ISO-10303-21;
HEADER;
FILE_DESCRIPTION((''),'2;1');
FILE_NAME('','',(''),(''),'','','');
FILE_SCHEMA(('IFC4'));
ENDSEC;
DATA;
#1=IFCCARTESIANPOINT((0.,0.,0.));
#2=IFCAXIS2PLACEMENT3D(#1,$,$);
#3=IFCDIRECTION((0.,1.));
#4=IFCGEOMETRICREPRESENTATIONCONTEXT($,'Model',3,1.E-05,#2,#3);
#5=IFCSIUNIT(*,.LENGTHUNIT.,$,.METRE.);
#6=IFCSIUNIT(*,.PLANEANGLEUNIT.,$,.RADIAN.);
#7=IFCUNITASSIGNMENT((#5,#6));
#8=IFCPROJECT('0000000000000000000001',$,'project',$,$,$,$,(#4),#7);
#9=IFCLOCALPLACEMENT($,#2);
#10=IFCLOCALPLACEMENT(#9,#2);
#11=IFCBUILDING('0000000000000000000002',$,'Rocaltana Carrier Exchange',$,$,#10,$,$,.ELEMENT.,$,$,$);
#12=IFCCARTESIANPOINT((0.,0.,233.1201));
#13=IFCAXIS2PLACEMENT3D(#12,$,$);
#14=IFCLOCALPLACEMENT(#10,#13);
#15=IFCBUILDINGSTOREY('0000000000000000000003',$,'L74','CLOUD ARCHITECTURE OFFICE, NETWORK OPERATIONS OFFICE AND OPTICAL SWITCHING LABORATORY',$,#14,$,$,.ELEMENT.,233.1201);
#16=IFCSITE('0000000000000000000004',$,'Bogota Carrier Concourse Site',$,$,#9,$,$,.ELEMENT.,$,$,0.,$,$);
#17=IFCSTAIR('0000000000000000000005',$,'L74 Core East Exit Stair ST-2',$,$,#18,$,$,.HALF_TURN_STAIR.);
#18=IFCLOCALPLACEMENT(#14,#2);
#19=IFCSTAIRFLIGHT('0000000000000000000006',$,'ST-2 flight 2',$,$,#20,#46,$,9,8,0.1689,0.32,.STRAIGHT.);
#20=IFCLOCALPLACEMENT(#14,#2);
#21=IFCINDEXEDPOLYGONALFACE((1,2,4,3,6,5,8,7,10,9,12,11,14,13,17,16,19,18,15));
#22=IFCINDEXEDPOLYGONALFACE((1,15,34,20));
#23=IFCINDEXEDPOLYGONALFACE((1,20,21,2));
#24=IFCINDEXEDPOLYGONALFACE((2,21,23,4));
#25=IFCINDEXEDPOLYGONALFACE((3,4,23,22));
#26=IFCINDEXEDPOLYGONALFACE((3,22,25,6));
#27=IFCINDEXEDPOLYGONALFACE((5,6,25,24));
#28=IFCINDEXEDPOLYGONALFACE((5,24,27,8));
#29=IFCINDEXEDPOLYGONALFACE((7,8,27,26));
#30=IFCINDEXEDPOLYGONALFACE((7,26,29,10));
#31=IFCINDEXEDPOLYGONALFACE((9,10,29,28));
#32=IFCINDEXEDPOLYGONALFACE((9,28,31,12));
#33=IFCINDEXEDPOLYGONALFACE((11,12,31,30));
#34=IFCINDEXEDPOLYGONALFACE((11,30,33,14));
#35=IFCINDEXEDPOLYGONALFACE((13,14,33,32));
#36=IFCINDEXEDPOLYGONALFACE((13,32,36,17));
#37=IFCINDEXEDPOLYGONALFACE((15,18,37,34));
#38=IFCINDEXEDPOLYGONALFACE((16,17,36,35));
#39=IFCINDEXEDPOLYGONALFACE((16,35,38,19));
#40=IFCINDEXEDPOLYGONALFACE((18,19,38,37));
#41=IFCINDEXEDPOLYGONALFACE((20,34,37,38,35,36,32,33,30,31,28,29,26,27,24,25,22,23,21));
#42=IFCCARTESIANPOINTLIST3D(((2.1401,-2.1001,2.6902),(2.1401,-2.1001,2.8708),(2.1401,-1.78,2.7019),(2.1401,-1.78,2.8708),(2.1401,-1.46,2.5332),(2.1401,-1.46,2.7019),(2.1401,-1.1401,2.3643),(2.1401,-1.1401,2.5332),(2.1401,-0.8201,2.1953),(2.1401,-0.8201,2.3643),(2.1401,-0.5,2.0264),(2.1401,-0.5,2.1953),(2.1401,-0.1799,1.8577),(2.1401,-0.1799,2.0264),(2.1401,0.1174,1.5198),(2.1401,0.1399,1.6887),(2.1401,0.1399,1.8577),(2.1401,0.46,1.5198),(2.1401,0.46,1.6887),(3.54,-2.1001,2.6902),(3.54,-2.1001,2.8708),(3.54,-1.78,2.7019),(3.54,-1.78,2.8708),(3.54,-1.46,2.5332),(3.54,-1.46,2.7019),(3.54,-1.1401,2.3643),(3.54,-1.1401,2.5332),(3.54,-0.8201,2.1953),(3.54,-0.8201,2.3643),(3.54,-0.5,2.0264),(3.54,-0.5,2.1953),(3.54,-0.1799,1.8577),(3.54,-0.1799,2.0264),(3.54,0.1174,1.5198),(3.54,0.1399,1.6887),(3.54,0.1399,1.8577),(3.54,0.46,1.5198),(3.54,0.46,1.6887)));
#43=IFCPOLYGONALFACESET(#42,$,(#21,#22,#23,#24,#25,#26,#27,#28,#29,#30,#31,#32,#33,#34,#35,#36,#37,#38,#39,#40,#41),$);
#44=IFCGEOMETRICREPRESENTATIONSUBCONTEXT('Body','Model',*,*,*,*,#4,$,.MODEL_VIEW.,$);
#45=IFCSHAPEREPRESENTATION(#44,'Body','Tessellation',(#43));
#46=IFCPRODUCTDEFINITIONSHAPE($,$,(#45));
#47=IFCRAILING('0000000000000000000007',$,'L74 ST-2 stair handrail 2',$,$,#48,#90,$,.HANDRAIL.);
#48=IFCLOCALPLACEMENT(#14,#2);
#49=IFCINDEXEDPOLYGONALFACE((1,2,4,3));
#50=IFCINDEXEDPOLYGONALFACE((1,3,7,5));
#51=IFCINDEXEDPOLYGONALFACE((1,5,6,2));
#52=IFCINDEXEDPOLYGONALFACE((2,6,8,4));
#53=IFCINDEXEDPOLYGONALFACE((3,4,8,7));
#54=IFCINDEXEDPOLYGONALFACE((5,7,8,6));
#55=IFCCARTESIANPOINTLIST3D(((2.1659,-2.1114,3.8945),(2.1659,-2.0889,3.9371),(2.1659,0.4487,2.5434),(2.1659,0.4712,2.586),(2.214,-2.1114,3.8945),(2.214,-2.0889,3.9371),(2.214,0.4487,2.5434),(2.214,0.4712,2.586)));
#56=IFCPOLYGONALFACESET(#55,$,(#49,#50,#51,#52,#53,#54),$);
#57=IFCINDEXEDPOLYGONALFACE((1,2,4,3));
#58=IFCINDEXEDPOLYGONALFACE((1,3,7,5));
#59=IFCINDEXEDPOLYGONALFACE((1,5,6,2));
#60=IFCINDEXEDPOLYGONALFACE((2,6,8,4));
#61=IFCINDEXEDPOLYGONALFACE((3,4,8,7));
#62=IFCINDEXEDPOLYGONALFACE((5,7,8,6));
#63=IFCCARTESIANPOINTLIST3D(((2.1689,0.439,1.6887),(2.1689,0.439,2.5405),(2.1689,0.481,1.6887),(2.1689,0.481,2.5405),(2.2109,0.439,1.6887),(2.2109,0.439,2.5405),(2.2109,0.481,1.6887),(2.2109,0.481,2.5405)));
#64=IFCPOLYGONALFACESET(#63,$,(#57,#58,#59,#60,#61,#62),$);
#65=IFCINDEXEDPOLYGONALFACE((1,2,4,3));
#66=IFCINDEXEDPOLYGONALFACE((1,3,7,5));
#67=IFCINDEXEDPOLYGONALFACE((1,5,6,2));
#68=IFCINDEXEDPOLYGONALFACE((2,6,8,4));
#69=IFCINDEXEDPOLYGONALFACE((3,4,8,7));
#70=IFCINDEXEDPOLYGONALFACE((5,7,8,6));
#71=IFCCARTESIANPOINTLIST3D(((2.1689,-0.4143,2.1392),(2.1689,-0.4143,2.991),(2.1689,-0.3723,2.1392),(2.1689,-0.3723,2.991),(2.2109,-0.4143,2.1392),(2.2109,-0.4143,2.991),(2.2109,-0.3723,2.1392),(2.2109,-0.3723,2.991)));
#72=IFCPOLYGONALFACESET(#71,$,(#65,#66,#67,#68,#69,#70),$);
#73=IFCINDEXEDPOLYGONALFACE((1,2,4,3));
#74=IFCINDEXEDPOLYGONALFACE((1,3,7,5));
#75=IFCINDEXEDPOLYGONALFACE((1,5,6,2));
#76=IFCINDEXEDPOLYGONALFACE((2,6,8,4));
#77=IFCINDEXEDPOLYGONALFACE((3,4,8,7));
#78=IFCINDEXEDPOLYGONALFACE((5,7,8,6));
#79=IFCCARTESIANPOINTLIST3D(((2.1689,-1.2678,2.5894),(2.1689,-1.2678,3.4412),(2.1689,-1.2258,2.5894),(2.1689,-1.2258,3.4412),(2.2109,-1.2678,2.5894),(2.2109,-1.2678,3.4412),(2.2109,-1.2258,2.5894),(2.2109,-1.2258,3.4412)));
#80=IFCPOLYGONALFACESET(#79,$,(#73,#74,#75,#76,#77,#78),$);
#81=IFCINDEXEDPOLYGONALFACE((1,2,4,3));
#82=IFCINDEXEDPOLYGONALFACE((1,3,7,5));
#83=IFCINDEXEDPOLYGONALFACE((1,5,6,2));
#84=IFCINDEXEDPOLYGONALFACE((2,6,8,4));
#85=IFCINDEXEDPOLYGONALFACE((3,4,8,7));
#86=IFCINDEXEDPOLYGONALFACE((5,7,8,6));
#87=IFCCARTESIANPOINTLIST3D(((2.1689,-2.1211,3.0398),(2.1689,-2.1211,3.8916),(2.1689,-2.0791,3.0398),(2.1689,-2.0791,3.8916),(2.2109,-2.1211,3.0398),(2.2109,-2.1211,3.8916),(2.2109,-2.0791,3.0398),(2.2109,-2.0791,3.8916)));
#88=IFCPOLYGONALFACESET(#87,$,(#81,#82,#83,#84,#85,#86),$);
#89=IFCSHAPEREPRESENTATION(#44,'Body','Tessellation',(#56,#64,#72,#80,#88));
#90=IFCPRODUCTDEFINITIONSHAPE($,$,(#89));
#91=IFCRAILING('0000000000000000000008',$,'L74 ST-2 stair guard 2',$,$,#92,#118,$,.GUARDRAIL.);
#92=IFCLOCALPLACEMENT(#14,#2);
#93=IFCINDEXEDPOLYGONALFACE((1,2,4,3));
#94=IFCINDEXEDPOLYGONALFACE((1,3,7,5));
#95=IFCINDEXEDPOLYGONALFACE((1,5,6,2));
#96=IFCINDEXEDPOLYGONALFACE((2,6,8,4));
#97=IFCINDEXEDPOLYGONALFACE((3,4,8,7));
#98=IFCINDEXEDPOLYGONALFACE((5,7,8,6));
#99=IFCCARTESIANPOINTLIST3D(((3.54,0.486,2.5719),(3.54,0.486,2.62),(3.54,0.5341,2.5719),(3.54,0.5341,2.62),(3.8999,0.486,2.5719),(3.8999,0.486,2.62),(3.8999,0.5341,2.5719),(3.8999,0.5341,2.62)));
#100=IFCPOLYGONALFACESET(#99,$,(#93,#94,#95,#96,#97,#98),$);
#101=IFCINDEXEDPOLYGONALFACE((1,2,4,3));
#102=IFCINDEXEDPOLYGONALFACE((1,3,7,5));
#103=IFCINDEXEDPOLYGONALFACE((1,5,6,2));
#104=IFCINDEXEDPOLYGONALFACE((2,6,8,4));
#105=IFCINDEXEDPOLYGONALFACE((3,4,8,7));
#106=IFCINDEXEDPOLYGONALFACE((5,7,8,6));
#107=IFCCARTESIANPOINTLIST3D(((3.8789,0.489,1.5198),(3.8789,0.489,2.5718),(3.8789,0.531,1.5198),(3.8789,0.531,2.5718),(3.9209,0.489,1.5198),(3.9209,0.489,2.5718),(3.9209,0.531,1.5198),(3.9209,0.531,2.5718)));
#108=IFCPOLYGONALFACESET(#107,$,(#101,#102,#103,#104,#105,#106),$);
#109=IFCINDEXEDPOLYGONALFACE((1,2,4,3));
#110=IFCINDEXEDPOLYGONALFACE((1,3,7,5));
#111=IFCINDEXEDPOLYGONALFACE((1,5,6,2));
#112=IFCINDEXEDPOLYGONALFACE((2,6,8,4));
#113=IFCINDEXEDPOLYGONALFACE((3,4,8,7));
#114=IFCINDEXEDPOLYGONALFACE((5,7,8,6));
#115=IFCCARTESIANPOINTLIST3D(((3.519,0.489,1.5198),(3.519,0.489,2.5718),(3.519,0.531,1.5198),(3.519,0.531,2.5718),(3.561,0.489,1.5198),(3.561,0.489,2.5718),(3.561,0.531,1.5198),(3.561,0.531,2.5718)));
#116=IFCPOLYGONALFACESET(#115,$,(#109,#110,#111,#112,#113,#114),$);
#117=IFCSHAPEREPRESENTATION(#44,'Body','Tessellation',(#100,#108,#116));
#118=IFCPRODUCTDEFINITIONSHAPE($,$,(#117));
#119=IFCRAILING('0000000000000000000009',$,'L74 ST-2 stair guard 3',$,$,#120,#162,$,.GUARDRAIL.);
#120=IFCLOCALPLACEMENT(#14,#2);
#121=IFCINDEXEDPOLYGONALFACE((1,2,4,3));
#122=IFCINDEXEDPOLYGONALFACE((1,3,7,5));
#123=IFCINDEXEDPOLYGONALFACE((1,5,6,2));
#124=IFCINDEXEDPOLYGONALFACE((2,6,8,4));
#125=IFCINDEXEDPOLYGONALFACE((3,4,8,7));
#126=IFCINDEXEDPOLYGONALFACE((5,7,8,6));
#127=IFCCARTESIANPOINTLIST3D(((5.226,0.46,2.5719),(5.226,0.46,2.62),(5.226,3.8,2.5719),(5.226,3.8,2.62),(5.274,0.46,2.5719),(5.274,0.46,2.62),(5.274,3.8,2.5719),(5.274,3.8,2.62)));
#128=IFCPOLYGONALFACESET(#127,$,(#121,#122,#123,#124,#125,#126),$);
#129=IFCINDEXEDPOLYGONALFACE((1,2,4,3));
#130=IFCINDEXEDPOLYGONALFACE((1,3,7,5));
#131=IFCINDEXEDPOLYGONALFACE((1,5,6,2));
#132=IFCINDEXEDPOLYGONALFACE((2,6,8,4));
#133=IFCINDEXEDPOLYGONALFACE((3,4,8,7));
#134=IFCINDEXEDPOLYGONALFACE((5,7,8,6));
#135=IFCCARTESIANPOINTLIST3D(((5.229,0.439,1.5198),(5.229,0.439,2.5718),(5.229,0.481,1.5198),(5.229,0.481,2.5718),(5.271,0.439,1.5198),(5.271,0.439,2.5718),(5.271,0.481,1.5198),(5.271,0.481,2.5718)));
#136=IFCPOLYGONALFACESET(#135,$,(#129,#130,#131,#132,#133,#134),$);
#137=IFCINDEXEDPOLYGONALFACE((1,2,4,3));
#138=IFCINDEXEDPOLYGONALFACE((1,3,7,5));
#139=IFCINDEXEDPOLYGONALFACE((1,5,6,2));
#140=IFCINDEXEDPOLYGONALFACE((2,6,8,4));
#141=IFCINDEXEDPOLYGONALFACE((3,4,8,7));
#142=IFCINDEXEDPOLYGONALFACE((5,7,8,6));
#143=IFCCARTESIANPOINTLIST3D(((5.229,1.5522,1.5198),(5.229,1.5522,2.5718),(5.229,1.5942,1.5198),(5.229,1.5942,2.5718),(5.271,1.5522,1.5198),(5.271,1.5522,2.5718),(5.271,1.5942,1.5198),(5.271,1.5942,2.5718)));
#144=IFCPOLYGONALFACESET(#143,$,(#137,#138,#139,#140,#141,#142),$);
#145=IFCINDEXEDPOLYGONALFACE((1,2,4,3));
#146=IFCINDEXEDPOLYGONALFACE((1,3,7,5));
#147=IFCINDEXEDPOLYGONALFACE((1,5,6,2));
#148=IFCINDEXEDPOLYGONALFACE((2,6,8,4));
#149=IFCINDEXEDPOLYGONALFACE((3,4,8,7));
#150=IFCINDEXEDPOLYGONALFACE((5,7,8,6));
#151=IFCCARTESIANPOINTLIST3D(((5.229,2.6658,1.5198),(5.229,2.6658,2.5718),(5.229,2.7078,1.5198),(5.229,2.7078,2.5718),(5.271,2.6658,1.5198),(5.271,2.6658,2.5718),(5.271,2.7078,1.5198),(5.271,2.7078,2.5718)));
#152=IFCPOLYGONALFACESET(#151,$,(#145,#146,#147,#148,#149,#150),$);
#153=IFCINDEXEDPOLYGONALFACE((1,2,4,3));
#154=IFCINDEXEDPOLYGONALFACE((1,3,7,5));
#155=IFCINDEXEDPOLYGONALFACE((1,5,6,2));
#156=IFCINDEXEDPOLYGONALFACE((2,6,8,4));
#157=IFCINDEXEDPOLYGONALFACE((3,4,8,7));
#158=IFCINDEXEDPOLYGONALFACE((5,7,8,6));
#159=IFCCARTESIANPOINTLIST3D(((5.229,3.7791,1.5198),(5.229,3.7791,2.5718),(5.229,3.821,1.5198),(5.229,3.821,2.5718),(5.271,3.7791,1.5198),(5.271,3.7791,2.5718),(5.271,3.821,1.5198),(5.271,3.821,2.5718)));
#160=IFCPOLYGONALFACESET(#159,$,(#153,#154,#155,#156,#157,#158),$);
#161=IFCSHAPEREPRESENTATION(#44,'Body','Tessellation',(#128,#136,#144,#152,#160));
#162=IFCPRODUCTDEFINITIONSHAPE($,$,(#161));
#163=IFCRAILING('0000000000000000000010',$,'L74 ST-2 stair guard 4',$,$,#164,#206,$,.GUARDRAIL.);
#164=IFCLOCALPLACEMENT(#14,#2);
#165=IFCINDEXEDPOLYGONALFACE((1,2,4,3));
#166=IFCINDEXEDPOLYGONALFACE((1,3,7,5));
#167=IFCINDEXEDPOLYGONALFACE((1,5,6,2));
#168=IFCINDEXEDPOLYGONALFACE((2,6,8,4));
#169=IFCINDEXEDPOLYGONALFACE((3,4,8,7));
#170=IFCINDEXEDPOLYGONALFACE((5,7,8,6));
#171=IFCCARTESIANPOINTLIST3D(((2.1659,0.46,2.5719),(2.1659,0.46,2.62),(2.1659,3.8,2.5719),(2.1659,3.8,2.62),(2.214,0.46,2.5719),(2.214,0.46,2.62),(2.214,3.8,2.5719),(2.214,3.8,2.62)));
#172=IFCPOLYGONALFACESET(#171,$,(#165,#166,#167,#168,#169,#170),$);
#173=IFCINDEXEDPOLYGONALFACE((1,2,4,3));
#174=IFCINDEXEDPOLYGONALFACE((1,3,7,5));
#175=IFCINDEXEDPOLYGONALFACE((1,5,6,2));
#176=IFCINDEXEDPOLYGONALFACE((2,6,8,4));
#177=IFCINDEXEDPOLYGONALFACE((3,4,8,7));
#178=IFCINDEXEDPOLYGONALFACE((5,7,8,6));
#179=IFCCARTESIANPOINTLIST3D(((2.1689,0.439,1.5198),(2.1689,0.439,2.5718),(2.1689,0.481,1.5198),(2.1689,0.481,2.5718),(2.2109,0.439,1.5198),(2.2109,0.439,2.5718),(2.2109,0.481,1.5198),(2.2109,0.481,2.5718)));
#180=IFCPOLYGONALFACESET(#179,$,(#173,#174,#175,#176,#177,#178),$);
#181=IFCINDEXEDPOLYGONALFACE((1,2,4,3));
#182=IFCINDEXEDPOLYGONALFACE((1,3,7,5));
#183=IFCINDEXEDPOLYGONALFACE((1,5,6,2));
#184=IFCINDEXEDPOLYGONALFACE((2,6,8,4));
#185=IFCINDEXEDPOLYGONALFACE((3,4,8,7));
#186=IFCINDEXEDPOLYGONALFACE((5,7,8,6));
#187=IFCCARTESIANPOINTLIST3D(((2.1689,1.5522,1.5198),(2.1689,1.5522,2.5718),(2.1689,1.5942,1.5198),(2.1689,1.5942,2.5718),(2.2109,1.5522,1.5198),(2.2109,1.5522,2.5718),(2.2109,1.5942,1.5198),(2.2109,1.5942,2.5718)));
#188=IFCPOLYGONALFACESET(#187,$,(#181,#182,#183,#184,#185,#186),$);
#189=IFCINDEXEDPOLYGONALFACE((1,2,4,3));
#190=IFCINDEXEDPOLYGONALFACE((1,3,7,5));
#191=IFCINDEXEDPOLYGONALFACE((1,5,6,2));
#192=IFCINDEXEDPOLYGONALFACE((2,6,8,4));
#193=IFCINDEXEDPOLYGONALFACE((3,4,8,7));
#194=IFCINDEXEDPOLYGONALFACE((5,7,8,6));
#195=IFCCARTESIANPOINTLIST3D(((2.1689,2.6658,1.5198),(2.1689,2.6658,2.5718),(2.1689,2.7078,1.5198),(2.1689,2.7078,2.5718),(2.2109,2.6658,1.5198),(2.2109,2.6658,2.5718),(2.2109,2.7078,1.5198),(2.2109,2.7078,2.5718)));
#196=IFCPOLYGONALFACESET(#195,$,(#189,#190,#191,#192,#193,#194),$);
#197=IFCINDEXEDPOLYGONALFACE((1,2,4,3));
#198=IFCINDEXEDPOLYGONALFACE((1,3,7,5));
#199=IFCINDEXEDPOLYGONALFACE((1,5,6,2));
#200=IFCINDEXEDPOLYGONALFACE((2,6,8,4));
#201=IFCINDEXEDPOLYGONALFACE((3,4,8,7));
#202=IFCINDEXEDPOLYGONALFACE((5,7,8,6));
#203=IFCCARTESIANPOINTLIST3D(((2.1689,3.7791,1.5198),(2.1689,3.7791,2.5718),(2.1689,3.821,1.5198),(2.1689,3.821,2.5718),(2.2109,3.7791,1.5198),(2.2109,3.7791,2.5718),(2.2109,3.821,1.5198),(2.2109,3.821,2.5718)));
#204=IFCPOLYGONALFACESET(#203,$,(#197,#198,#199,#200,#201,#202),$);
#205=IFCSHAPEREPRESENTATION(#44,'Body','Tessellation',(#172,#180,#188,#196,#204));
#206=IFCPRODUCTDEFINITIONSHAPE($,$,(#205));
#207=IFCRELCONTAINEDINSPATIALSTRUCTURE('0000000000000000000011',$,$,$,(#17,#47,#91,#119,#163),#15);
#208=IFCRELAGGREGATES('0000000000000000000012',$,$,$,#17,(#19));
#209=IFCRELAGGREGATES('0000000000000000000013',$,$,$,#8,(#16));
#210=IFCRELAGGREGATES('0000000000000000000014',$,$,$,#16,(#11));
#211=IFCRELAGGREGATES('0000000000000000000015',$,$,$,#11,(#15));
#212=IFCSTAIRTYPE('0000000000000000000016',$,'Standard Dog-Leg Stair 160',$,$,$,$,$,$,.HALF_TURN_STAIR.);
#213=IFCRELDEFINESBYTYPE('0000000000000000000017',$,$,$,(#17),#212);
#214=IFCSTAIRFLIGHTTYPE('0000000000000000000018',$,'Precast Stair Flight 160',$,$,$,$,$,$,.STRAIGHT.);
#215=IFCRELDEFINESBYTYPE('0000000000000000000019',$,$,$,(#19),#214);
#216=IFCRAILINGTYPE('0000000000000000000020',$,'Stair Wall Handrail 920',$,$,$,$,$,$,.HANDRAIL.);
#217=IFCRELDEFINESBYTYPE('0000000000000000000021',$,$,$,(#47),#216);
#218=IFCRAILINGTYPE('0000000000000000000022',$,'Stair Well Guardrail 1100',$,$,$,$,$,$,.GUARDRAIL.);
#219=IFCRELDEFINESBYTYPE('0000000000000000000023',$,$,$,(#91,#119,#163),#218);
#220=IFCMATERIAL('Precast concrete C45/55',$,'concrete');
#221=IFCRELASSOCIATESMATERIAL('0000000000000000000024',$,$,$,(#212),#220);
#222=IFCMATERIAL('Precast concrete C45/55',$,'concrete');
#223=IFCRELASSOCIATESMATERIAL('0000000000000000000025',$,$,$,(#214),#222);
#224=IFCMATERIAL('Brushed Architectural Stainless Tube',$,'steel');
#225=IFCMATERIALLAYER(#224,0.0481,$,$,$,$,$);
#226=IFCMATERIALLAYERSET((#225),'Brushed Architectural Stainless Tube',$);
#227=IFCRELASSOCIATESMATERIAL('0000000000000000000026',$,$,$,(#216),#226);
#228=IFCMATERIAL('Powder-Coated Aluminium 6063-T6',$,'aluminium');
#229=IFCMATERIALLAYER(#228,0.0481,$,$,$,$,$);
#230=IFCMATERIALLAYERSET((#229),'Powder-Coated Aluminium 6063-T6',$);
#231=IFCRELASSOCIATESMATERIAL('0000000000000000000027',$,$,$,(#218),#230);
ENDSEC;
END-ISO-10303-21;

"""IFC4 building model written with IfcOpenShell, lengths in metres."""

from ifc_helpers import new_model, si_unit, direction, frame, origin, origin_2d, place, context, subcontext, project, spatial, polyline, rectangle, outline, extrude, material, layer, layer_set, type_object, element, aggregate, save


model = new_model("IFC4")

# Units and contexts
model_context = context("Model", 3, precision=1e-05, world=origin(), true_north=direction((0.0, 1.0)))
body_context = subcontext(model_context, "Body", "Model", "MODEL_VIEW")
ifc_project = project(units=[si_unit("LENGTHUNIT", "METRE"), si_unit("PLANEANGLEUNIT", "RADIAN")], contexts=[model_context])

# Site, building, storey
site_placement = place(None, origin())
site = spatial("IfcSite", under=ifc_project, at=site_placement, Name="Bogota Carrier Concourse Site", CompositionType="ELEMENT", RefElevation=0.0)
building_placement = place(site_placement, origin())
building = spatial("IfcBuilding", under=site, at=building_placement, Name="Rocaltana Carrier Exchange", CompositionType="ELEMENT")
storey_placement = place(building_placement, frame((0.0, 0.0, 233.1201)))
storey = spatial("IfcBuildingStorey", under=building, at=storey_placement, Name="L74", Description="CLOUD ARCHITECTURE OFFICE, NETWORK OPERATIONS OFFICE AND OPTICAL SWITCHING LABORATORY", CompositionType="ELEMENT", Elevation=233.1201)

# Stair, stair flight
ifc_material_1 = material(Name="Precast concrete C45/55", Category="concrete")
stair_type = type_object("IfcStairType", Name="Standard Dog-Leg Stair 160", PredefinedType="HALF_TURN_STAIR", material=ifc_material_1)
stair_placement = place(storey_placement, origin())
stair = element("IfcStair", 1, at=stair_placement, inside=storey, type_object=stair_type, Name="L74 Core East Exit Stair ST-2", PredefinedType="HALF_TURN_STAIR")
ifc_material_2 = material(Name="Precast concrete C45/55", Category="concrete")
stair_flight_type = type_object("IfcStairFlightType", Name="Precast Stair Flight 160", PredefinedType="STRAIGHT", material=ifc_material_2)
stair_flight_placement = place(storey_placement, frame((2.8401, 0.46, 1.5198), z_axis=(0.0, 0.0, 1.0), x_axis=(0.0, -1.0, 0.0)))
stair_flight = element("IfcStairFlight", 2, at=stair_flight_placement, type_object=stair_flight_type, Name="ST-2 flight 2", NumberOfRisers=9, NumberOfTreads=8, PredefinedType="STRAIGHT", RiserHeight=0.1689, TreadLength=0.32, context=body_context, shape_type="SweptSolid", body=[
    extrude(outline(polyline([(0.0, 0.0), (0.0, 0.1689), (0.3201, 0.1689), (0.3201, 0.3379), (0.6399, 0.3379), (0.6399, 0.5066), (0.96, 0.5066), (0.96, 0.6755), (1.28, 0.6755), (1.28, 0.8445), (1.6001, 0.8445), (1.6001, 1.0134), (1.9199, 1.0134), (1.9199, 1.1821), (2.24, 1.1821), (2.24, 1.3511), (2.5601, 1.3511), (2.5601, 1.52), (2.5601, 1.1704), (0.3425, 0.0), (0.0, 0.0)])), frame((0.0, 0.7, 0.0), z_axis=(0.0, -1.0, 0.0), x_axis=(1.0, 0.0, 0.0)), (0.0, 0.0, 1.0), 1.3999),
])
aggregate(stair, [stair_flight])

# Railings
ifc_material_3 = material(Name="Brushed Architectural Stainless Tube", Category="steel")
ifc_layer_1 = layer(ifc_material_3, 0.0481)
ifc_layer_set_1 = layer_set([ifc_layer_1], Name="Brushed Architectural Stainless Tube")
railing_type_1 = type_object("IfcRailingType", Name="Stair Wall Handrail 920", PredefinedType="HANDRAIL", material=ifc_layer_set_1)
railing_1_placement = place(storey_placement, frame((2.1899, 0.46, 1.6887)))
element("IfcRailing", 3, at=railing_1_placement, inside=storey, type_object=railing_type_1, Name="L74 ST-2 stair handrail 2", PredefinedType="HANDRAIL", context=body_context, shape_type="SweptSolid", body=[
    extrude(rectangle(XDim=0.0481, YDim=0.0481, at=origin_2d()), frame((0.0, 0.0, 0.876), z_axis=(0.0, -0.884394, 0.46674), x_axis=(1.0, 0.0, 0.0)), (0.0, 0.0, 1.0), 2.8948),
    extrude(rectangle(XDim=0.042, YDim=0.042, at=origin_2d()), origin(), (0.0, 0.0, 1.0), 0.8518),
    extrude(rectangle(XDim=0.042, YDim=0.042, at=origin_2d()), frame((0.0, -0.8533, 0.4504)), (0.0, 0.0, 1.0), 0.8518),
    extrude(rectangle(XDim=0.042, YDim=0.042, at=origin_2d()), frame((0.0, -1.7068, 0.9006)), (0.0, 0.0, 1.0), 0.8518),
    extrude(rectangle(XDim=0.042, YDim=0.042, at=origin_2d()), frame((0.0, -2.5601, 1.3511)), (0.0, 0.0, 1.0), 0.8518),
])
ifc_material_4 = material(Name="Powder-Coated Aluminium 6063-T6", Category="aluminium")
ifc_layer_2 = layer(ifc_material_4, 0.0481)
ifc_layer_set_2 = layer_set([ifc_layer_2], Name="Powder-Coated Aluminium 6063-T6")
railing_type_2 = type_object("IfcRailingType", Name="Stair Well Guardrail 1100", PredefinedType="GUARDRAIL", material=ifc_layer_set_2)
railing_2_placement = place(storey_placement, frame((3.8999, 0.51, 1.5198)))
element("IfcRailing", 4, at=railing_2_placement, inside=storey, type_object=railing_type_2, Name="L74 ST-2 stair guard 2", PredefinedType="GUARDRAIL", context=body_context, shape_type="SweptSolid", body=[
    extrude(rectangle(XDim=0.0481, YDim=0.0481, at=origin_2d()), frame((0.0, 0.0, 1.0762), z_axis=(-1.0, 0.0, 0.0), x_axis=(0.0, -1.0, 0.0)), (0.0, 0.0, 1.0), 0.3599),
    extrude(rectangle(XDim=0.042, YDim=0.042, at=origin_2d()), origin(), (0.0, 0.0, 1.0), 1.052),
    extrude(rectangle(XDim=0.042, YDim=0.042, at=origin_2d()), frame((-0.3599, 0.0, 0.0)), (0.0, 0.0, 1.0), 1.052),
])
for number, where, name in (
    (5, (5.25, 0.46, 1.5198), "L74 ST-2 stair guard 3"),
    (6, (2.1899, 0.46, 1.5198), "L74 ST-2 stair guard 4"),
):
    element("IfcRailing", number, at=place(storey_placement, frame(where)), inside=storey, type_object=railing_type_2, Name=name, PredefinedType="GUARDRAIL", context=body_context, shape_type="SweptSolid", body=[
        extrude(rectangle(XDim=0.0481, YDim=0.0481, at=origin_2d()), frame((0.0, 0.0, 1.0762), z_axis=(0.0, 1.0, 0.0), x_axis=(-1.0, 0.0, 0.0)), (0.0, 0.0, 1.0), 3.3401),
        extrude(rectangle(XDim=0.042, YDim=0.042, at=origin_2d()), origin(), (0.0, 0.0, 1.0), 1.052),
        extrude(rectangle(XDim=0.042, YDim=0.042, at=origin_2d()), frame((0.0, 1.1133, 0.0)), (0.0, 0.0, 1.0), 1.052),
        extrude(rectangle(XDim=0.042, YDim=0.042, at=origin_2d()), frame((0.0, 2.2268, 0.0)), (0.0, 0.0, 1.0), 1.052),
        extrude(rectangle(XDim=0.042, YDim=0.042, at=origin_2d()), frame((0.0, 3.3401, 0.0)), (0.0, 0.0, 1.0), 1.052),
    ])

save(model, "model.ifc")
